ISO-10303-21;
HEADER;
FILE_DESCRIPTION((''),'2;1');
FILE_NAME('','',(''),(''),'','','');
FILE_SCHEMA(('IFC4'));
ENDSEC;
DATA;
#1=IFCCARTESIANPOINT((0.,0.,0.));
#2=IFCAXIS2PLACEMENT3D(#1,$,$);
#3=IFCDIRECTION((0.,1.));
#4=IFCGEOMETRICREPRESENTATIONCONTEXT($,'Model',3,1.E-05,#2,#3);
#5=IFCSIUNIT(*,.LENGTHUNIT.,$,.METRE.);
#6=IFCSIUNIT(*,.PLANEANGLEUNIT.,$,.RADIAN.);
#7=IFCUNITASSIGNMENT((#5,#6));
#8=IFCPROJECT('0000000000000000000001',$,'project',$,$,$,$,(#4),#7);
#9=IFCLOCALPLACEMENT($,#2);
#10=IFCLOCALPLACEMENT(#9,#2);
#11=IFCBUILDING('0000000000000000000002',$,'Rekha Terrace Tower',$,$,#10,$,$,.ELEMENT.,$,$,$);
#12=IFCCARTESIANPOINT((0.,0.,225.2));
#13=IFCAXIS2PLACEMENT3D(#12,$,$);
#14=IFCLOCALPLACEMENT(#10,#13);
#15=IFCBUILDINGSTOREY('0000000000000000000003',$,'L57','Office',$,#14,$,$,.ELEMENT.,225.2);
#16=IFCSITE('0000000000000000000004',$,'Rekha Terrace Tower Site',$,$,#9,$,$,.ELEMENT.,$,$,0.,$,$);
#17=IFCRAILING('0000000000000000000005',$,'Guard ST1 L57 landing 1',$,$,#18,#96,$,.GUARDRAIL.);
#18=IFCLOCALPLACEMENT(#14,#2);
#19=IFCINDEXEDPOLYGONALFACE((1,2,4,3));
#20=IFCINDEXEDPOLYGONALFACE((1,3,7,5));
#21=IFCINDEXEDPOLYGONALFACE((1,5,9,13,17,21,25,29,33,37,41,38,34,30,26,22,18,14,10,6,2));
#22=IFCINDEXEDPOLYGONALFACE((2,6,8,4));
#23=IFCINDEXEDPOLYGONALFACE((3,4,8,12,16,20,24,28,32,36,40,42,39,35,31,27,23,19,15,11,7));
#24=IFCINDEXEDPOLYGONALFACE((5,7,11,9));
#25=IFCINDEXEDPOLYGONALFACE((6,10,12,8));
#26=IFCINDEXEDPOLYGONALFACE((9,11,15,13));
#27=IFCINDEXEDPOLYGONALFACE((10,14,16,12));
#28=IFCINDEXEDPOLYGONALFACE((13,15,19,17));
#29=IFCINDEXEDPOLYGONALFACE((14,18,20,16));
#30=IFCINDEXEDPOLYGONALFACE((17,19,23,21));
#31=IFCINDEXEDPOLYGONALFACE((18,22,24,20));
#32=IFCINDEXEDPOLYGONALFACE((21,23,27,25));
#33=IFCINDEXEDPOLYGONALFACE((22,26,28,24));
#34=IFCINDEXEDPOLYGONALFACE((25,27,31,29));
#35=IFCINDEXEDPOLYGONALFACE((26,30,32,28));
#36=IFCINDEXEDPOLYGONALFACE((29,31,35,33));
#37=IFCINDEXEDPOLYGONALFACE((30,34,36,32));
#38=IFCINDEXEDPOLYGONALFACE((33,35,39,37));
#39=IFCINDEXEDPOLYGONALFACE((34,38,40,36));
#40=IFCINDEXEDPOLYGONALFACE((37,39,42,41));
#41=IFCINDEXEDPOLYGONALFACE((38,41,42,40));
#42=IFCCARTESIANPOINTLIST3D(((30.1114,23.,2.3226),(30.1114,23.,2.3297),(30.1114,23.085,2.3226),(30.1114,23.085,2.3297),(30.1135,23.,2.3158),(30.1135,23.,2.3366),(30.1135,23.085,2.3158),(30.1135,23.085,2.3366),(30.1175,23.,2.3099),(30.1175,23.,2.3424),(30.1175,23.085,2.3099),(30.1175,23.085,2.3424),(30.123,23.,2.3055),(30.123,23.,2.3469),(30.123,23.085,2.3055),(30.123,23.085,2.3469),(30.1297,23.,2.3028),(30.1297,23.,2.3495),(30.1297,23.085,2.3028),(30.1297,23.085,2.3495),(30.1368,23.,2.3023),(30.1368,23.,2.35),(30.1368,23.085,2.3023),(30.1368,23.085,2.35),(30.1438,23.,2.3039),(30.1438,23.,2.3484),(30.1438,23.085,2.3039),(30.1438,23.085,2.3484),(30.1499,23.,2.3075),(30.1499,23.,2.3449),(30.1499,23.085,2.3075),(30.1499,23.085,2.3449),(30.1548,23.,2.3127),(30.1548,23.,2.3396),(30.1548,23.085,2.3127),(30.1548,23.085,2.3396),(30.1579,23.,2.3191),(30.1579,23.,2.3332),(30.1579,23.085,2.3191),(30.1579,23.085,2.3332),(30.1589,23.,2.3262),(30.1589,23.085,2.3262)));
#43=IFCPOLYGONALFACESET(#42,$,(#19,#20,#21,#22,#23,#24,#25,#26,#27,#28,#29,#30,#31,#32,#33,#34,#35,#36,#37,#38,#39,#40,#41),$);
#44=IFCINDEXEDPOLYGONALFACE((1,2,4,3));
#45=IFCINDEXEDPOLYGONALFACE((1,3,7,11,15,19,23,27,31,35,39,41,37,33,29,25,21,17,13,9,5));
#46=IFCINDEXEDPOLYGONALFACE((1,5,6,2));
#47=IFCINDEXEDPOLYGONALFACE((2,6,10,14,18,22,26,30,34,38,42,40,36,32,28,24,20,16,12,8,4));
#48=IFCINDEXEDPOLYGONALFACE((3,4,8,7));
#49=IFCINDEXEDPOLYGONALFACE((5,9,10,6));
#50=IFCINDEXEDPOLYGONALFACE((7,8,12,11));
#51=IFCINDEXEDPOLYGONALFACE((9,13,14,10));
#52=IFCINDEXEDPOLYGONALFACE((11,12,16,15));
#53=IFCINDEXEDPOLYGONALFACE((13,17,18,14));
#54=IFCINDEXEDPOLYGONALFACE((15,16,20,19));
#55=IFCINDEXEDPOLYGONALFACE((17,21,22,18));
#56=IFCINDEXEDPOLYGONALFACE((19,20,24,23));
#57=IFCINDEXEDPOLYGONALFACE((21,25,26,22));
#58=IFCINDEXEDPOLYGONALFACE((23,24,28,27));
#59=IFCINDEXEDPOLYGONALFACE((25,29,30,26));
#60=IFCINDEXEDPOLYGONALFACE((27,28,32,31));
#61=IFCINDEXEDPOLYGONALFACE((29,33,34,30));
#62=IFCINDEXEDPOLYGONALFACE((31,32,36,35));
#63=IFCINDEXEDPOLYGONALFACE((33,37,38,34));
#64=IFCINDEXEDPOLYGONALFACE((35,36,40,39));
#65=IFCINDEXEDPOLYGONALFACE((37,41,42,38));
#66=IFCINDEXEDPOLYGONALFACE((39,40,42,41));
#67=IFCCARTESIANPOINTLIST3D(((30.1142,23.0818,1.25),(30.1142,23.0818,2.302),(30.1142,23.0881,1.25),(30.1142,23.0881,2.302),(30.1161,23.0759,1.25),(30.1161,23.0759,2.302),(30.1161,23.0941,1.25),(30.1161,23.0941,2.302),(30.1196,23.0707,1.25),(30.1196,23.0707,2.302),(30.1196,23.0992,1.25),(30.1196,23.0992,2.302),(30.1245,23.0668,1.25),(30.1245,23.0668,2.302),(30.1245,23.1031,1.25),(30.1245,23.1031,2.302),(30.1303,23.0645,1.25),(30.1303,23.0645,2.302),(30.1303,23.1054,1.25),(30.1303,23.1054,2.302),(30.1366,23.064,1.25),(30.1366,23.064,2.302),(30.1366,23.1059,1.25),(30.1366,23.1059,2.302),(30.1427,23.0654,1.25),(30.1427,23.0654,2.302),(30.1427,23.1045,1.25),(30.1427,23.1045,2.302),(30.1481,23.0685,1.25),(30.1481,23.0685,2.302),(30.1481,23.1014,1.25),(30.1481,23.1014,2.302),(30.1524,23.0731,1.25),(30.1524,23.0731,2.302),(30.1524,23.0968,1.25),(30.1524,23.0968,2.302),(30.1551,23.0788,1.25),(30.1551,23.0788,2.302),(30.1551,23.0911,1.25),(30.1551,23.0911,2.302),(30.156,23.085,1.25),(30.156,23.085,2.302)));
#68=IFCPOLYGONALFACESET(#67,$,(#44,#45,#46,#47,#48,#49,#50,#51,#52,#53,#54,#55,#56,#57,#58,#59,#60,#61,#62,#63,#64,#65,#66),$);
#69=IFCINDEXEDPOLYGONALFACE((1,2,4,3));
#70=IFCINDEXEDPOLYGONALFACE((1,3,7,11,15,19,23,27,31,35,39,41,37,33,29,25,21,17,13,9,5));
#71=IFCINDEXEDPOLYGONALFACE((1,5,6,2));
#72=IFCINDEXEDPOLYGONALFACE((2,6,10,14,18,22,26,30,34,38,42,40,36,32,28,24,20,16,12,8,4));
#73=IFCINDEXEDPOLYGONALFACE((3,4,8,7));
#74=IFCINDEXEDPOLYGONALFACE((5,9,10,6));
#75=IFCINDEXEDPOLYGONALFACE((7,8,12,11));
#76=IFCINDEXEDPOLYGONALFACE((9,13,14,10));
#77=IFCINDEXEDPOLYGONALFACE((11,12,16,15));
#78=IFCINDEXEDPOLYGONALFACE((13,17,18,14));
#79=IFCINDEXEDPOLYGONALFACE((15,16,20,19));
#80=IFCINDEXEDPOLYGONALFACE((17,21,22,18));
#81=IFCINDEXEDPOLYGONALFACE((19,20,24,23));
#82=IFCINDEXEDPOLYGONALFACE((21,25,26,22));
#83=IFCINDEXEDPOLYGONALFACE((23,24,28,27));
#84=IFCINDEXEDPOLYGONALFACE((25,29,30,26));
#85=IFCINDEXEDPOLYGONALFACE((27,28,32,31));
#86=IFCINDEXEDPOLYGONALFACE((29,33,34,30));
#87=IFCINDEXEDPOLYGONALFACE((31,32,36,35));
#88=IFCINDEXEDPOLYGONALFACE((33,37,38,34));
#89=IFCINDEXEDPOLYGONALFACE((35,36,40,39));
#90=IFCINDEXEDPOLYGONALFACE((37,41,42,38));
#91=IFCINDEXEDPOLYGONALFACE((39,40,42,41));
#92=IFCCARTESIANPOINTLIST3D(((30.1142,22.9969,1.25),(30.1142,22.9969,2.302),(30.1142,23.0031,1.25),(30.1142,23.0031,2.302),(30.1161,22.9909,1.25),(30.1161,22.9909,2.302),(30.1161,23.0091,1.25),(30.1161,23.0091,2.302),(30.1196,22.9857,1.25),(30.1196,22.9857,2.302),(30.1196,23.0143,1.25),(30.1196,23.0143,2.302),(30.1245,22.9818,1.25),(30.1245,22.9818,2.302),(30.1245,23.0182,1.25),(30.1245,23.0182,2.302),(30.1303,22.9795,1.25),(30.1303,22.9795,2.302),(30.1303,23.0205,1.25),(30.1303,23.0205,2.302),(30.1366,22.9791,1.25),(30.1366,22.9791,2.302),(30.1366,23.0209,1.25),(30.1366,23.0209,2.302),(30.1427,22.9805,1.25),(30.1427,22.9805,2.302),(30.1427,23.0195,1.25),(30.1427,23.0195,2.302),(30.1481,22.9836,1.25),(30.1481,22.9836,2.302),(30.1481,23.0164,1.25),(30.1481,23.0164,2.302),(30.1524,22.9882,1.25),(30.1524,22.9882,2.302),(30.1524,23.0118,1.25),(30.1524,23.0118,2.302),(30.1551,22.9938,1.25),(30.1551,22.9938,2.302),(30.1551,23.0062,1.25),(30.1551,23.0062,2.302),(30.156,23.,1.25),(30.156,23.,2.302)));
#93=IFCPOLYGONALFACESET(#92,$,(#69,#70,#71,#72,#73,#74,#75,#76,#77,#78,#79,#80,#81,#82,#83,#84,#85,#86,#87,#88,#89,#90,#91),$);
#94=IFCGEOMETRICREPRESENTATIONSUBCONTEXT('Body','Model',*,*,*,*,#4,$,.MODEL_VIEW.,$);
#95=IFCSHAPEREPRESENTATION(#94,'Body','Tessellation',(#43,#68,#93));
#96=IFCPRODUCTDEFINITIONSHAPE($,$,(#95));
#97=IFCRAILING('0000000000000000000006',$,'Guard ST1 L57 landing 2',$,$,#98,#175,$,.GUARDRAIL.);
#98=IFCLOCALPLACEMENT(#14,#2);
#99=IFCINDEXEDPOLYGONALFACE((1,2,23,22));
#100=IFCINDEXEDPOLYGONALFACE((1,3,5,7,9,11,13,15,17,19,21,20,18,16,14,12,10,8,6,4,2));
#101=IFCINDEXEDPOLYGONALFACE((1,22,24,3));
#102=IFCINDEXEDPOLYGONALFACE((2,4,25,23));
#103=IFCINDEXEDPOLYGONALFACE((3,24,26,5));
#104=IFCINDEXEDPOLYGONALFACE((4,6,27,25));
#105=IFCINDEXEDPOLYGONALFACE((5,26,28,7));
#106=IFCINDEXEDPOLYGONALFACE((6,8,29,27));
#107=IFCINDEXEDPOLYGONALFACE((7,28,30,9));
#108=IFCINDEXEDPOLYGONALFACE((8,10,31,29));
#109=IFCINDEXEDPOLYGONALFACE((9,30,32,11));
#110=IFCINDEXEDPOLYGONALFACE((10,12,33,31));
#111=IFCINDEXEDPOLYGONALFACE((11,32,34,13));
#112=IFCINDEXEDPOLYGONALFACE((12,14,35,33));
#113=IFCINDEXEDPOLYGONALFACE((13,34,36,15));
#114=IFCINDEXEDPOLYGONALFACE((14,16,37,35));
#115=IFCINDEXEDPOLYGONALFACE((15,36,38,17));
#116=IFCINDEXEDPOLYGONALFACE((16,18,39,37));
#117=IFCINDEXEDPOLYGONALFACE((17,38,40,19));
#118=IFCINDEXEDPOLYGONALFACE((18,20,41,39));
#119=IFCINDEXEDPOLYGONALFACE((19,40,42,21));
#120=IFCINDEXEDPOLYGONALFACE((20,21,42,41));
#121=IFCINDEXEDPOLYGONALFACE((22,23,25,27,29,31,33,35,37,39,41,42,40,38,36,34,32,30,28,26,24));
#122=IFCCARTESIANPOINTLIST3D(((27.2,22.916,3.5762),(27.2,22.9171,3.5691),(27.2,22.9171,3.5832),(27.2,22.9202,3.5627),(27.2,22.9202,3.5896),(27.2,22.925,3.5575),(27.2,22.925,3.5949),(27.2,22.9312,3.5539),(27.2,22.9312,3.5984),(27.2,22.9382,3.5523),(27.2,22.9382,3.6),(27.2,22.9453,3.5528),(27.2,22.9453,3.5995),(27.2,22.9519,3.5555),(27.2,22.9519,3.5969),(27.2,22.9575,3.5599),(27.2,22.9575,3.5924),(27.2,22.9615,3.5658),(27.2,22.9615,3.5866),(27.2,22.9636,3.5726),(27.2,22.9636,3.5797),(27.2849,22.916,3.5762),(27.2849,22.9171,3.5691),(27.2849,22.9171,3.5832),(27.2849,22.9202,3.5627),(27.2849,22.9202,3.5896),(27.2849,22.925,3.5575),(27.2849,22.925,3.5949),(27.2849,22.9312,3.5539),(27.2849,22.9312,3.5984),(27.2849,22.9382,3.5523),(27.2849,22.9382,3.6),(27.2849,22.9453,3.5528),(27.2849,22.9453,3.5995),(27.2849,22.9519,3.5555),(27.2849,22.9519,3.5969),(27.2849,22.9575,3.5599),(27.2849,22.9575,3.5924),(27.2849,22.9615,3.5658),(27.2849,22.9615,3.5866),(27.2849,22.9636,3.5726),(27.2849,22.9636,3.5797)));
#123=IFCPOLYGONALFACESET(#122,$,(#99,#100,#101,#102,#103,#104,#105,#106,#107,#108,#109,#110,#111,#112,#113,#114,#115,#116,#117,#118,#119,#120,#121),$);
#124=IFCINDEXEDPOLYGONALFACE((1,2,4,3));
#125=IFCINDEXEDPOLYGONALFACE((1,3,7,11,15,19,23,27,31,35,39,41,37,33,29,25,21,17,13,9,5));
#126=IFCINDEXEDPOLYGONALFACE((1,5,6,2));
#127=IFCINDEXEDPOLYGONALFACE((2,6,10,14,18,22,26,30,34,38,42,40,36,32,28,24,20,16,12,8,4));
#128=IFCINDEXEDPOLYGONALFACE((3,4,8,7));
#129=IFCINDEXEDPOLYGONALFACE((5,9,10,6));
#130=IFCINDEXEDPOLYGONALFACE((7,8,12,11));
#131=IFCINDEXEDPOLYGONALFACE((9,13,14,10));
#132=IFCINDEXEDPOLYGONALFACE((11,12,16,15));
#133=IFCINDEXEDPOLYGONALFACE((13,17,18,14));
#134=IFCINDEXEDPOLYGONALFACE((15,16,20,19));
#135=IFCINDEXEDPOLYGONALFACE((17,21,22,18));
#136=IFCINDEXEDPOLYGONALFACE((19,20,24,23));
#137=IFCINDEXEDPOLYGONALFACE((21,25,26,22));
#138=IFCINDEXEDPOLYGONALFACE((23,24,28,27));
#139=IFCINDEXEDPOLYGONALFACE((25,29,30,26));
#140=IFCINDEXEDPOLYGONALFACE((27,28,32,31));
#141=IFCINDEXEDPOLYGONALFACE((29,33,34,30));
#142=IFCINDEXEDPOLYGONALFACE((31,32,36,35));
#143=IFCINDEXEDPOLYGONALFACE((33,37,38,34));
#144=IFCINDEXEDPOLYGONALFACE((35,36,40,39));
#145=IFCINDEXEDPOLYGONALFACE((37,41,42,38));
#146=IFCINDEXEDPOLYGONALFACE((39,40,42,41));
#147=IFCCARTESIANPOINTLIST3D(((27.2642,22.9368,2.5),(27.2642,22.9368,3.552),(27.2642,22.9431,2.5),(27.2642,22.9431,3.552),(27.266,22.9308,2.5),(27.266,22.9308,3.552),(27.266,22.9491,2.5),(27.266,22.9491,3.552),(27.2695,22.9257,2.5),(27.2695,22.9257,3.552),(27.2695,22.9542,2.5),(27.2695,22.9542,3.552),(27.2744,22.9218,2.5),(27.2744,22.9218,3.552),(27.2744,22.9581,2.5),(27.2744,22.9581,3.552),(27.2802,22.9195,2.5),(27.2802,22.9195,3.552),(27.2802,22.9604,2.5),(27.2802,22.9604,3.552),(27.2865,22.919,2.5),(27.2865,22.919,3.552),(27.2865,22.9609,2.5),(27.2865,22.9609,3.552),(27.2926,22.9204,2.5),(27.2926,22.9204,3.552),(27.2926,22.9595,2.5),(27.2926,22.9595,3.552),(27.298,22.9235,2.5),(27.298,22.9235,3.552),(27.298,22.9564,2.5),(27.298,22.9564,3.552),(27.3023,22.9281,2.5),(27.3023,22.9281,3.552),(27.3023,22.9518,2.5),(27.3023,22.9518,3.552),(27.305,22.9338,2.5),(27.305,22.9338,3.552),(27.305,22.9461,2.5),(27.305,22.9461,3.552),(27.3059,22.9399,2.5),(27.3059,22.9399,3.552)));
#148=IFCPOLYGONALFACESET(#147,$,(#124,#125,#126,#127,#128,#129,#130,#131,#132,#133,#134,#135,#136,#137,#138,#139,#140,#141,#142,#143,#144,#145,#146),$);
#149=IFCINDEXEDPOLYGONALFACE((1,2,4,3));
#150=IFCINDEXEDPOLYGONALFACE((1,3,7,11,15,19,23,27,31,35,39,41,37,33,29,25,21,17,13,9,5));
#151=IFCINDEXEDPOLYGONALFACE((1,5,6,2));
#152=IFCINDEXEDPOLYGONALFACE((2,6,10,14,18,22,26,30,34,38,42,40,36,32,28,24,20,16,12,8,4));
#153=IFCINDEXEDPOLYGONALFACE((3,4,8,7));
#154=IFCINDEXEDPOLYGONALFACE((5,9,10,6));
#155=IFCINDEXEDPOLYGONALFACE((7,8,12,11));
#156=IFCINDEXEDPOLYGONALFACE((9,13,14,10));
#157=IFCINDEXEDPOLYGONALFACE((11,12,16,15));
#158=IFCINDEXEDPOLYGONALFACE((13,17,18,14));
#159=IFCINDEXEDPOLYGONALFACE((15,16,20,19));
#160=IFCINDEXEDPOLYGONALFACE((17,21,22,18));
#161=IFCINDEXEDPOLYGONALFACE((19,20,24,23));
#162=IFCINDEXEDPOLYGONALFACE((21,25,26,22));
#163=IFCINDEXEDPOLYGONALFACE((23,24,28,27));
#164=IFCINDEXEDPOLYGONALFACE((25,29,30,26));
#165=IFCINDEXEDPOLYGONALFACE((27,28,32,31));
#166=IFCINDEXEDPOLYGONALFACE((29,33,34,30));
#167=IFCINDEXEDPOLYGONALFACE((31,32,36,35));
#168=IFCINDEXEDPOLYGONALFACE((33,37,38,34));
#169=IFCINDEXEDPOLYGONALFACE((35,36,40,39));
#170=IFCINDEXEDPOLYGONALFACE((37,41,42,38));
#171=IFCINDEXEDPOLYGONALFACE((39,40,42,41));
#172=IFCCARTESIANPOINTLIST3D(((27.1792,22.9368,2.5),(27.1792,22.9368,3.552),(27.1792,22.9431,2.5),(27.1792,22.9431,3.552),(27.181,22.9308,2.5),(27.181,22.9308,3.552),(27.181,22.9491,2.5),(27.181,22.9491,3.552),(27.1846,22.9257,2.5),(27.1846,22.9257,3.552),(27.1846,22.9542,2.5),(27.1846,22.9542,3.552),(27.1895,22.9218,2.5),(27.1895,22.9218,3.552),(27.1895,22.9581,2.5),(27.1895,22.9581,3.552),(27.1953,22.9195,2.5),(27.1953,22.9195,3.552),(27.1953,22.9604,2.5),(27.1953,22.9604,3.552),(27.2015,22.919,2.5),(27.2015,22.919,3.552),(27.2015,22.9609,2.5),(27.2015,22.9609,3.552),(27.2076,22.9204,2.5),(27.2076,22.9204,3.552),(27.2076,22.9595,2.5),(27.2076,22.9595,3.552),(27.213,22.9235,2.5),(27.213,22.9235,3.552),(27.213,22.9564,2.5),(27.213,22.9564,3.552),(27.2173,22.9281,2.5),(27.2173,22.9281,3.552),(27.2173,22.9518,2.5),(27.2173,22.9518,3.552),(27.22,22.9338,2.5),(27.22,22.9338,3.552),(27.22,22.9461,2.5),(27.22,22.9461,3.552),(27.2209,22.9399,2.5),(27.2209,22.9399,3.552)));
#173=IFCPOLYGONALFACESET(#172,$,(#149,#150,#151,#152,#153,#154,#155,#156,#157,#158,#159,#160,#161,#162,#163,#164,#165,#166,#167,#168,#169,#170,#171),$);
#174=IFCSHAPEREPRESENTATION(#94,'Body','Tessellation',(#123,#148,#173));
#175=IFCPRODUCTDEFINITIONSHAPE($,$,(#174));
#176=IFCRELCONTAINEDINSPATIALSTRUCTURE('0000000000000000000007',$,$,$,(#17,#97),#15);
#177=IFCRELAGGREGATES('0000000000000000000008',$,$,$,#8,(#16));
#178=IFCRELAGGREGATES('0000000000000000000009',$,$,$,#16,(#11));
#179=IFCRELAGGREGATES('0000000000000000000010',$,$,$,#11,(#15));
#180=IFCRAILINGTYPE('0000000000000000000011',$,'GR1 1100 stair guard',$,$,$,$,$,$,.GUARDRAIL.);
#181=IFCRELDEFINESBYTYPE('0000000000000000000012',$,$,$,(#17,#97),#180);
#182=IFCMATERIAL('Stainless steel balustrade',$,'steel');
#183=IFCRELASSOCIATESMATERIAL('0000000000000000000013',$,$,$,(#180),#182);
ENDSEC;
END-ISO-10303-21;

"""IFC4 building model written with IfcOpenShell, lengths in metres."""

from ifc_helpers import new_model, si_unit, direction, frame, origin, origin_2d, place, context, subcontext, project, spatial, circle, extrude, material, type_object, element, save


model = new_model("IFC4")

# Units and contexts
model_context = context("Model", 3, precision=1e-05, world=origin(), true_north=direction((0.0, 1.0)))
body_context = subcontext(model_context, "Body", "Model", "MODEL_VIEW")
ifc_project = project(units=[si_unit("LENGTHUNIT", "METRE"), si_unit("PLANEANGLEUNIT", "RADIAN")], contexts=[model_context])

# Site, building, storey
site_placement = place(None, origin())
site = spatial("IfcSite", under=ifc_project, at=site_placement, Name="Rekha Terrace Tower Site", CompositionType="ELEMENT", RefElevation=0.0)
building_placement = place(site_placement, origin())
building = spatial("IfcBuilding", under=site, at=building_placement, Name="Rekha Terrace Tower", CompositionType="ELEMENT")
storey_placement = place(building_placement, frame((0.0, 0.0, 225.2)))
storey = spatial("IfcBuildingStorey", under=building, at=storey_placement, Name="L57", Description="Office", CompositionType="ELEMENT", Elevation=225.2)

# Railings
ifc_material_1 = material(Name="Stainless steel balustrade", Category="steel")
railing_type_1 = type_object("IfcRailingType", Name="GR1 1100 stair guard", PredefinedType="GUARDRAIL", material=ifc_material_1)
railing_1_placement = place(storey_placement, frame((30.135, 23.085, 1.25)))
element("IfcRailing", 1, at=railing_1_placement, inside=storey, type_object=railing_type_1, Name="Guard ST1 L57 landing 1", PredefinedType="GUARDRAIL", context=body_context, shape_type="SweptSolid", body=[
    extrude(circle(Radius=0.0239, at=origin_2d()), frame((0.0, 0.0, 1.0762), z_axis=(0.0, -1.0, 0.0), x_axis=(1.0, 0.0, 0.0)), (0.0, 0.0, 1.0), 0.085),
    extrude(circle(Radius=0.021, at=origin_2d()), origin(), (0.0, 0.0, 1.0), 1.052),
    extrude(circle(Radius=0.021, at=origin_2d()), frame((0.0, -0.085, 0.0)), (0.0, 0.0, 1.0), 1.052),
])
railing_2_placement = place(storey_placement, frame((27.2849, 22.9399, 2.5)))
element("IfcRailing", 2, at=railing_2_placement, inside=storey, type_object=railing_type_1, Name="Guard ST1 L57 landing 2", PredefinedType="GUARDRAIL", context=body_context, shape_type="SweptSolid", body=[
    extrude(circle(Radius=0.0239, at=origin_2d()), frame((0.0, 0.0, 1.0762), z_axis=(-1.0, 0.0, 0.0), x_axis=(0.0, -1.0, 0.0)), (0.0, 0.0, 1.0), 0.085),
    extrude(circle(Radius=0.021, at=origin_2d()), origin(), (0.0, 0.0, 1.0), 1.052),
    extrude(circle(Radius=0.021, at=origin_2d()), frame((-0.085, 0.0, 0.0)), (0.0, 0.0, 1.0), 1.052),
])

save(model, "model.ifc")
